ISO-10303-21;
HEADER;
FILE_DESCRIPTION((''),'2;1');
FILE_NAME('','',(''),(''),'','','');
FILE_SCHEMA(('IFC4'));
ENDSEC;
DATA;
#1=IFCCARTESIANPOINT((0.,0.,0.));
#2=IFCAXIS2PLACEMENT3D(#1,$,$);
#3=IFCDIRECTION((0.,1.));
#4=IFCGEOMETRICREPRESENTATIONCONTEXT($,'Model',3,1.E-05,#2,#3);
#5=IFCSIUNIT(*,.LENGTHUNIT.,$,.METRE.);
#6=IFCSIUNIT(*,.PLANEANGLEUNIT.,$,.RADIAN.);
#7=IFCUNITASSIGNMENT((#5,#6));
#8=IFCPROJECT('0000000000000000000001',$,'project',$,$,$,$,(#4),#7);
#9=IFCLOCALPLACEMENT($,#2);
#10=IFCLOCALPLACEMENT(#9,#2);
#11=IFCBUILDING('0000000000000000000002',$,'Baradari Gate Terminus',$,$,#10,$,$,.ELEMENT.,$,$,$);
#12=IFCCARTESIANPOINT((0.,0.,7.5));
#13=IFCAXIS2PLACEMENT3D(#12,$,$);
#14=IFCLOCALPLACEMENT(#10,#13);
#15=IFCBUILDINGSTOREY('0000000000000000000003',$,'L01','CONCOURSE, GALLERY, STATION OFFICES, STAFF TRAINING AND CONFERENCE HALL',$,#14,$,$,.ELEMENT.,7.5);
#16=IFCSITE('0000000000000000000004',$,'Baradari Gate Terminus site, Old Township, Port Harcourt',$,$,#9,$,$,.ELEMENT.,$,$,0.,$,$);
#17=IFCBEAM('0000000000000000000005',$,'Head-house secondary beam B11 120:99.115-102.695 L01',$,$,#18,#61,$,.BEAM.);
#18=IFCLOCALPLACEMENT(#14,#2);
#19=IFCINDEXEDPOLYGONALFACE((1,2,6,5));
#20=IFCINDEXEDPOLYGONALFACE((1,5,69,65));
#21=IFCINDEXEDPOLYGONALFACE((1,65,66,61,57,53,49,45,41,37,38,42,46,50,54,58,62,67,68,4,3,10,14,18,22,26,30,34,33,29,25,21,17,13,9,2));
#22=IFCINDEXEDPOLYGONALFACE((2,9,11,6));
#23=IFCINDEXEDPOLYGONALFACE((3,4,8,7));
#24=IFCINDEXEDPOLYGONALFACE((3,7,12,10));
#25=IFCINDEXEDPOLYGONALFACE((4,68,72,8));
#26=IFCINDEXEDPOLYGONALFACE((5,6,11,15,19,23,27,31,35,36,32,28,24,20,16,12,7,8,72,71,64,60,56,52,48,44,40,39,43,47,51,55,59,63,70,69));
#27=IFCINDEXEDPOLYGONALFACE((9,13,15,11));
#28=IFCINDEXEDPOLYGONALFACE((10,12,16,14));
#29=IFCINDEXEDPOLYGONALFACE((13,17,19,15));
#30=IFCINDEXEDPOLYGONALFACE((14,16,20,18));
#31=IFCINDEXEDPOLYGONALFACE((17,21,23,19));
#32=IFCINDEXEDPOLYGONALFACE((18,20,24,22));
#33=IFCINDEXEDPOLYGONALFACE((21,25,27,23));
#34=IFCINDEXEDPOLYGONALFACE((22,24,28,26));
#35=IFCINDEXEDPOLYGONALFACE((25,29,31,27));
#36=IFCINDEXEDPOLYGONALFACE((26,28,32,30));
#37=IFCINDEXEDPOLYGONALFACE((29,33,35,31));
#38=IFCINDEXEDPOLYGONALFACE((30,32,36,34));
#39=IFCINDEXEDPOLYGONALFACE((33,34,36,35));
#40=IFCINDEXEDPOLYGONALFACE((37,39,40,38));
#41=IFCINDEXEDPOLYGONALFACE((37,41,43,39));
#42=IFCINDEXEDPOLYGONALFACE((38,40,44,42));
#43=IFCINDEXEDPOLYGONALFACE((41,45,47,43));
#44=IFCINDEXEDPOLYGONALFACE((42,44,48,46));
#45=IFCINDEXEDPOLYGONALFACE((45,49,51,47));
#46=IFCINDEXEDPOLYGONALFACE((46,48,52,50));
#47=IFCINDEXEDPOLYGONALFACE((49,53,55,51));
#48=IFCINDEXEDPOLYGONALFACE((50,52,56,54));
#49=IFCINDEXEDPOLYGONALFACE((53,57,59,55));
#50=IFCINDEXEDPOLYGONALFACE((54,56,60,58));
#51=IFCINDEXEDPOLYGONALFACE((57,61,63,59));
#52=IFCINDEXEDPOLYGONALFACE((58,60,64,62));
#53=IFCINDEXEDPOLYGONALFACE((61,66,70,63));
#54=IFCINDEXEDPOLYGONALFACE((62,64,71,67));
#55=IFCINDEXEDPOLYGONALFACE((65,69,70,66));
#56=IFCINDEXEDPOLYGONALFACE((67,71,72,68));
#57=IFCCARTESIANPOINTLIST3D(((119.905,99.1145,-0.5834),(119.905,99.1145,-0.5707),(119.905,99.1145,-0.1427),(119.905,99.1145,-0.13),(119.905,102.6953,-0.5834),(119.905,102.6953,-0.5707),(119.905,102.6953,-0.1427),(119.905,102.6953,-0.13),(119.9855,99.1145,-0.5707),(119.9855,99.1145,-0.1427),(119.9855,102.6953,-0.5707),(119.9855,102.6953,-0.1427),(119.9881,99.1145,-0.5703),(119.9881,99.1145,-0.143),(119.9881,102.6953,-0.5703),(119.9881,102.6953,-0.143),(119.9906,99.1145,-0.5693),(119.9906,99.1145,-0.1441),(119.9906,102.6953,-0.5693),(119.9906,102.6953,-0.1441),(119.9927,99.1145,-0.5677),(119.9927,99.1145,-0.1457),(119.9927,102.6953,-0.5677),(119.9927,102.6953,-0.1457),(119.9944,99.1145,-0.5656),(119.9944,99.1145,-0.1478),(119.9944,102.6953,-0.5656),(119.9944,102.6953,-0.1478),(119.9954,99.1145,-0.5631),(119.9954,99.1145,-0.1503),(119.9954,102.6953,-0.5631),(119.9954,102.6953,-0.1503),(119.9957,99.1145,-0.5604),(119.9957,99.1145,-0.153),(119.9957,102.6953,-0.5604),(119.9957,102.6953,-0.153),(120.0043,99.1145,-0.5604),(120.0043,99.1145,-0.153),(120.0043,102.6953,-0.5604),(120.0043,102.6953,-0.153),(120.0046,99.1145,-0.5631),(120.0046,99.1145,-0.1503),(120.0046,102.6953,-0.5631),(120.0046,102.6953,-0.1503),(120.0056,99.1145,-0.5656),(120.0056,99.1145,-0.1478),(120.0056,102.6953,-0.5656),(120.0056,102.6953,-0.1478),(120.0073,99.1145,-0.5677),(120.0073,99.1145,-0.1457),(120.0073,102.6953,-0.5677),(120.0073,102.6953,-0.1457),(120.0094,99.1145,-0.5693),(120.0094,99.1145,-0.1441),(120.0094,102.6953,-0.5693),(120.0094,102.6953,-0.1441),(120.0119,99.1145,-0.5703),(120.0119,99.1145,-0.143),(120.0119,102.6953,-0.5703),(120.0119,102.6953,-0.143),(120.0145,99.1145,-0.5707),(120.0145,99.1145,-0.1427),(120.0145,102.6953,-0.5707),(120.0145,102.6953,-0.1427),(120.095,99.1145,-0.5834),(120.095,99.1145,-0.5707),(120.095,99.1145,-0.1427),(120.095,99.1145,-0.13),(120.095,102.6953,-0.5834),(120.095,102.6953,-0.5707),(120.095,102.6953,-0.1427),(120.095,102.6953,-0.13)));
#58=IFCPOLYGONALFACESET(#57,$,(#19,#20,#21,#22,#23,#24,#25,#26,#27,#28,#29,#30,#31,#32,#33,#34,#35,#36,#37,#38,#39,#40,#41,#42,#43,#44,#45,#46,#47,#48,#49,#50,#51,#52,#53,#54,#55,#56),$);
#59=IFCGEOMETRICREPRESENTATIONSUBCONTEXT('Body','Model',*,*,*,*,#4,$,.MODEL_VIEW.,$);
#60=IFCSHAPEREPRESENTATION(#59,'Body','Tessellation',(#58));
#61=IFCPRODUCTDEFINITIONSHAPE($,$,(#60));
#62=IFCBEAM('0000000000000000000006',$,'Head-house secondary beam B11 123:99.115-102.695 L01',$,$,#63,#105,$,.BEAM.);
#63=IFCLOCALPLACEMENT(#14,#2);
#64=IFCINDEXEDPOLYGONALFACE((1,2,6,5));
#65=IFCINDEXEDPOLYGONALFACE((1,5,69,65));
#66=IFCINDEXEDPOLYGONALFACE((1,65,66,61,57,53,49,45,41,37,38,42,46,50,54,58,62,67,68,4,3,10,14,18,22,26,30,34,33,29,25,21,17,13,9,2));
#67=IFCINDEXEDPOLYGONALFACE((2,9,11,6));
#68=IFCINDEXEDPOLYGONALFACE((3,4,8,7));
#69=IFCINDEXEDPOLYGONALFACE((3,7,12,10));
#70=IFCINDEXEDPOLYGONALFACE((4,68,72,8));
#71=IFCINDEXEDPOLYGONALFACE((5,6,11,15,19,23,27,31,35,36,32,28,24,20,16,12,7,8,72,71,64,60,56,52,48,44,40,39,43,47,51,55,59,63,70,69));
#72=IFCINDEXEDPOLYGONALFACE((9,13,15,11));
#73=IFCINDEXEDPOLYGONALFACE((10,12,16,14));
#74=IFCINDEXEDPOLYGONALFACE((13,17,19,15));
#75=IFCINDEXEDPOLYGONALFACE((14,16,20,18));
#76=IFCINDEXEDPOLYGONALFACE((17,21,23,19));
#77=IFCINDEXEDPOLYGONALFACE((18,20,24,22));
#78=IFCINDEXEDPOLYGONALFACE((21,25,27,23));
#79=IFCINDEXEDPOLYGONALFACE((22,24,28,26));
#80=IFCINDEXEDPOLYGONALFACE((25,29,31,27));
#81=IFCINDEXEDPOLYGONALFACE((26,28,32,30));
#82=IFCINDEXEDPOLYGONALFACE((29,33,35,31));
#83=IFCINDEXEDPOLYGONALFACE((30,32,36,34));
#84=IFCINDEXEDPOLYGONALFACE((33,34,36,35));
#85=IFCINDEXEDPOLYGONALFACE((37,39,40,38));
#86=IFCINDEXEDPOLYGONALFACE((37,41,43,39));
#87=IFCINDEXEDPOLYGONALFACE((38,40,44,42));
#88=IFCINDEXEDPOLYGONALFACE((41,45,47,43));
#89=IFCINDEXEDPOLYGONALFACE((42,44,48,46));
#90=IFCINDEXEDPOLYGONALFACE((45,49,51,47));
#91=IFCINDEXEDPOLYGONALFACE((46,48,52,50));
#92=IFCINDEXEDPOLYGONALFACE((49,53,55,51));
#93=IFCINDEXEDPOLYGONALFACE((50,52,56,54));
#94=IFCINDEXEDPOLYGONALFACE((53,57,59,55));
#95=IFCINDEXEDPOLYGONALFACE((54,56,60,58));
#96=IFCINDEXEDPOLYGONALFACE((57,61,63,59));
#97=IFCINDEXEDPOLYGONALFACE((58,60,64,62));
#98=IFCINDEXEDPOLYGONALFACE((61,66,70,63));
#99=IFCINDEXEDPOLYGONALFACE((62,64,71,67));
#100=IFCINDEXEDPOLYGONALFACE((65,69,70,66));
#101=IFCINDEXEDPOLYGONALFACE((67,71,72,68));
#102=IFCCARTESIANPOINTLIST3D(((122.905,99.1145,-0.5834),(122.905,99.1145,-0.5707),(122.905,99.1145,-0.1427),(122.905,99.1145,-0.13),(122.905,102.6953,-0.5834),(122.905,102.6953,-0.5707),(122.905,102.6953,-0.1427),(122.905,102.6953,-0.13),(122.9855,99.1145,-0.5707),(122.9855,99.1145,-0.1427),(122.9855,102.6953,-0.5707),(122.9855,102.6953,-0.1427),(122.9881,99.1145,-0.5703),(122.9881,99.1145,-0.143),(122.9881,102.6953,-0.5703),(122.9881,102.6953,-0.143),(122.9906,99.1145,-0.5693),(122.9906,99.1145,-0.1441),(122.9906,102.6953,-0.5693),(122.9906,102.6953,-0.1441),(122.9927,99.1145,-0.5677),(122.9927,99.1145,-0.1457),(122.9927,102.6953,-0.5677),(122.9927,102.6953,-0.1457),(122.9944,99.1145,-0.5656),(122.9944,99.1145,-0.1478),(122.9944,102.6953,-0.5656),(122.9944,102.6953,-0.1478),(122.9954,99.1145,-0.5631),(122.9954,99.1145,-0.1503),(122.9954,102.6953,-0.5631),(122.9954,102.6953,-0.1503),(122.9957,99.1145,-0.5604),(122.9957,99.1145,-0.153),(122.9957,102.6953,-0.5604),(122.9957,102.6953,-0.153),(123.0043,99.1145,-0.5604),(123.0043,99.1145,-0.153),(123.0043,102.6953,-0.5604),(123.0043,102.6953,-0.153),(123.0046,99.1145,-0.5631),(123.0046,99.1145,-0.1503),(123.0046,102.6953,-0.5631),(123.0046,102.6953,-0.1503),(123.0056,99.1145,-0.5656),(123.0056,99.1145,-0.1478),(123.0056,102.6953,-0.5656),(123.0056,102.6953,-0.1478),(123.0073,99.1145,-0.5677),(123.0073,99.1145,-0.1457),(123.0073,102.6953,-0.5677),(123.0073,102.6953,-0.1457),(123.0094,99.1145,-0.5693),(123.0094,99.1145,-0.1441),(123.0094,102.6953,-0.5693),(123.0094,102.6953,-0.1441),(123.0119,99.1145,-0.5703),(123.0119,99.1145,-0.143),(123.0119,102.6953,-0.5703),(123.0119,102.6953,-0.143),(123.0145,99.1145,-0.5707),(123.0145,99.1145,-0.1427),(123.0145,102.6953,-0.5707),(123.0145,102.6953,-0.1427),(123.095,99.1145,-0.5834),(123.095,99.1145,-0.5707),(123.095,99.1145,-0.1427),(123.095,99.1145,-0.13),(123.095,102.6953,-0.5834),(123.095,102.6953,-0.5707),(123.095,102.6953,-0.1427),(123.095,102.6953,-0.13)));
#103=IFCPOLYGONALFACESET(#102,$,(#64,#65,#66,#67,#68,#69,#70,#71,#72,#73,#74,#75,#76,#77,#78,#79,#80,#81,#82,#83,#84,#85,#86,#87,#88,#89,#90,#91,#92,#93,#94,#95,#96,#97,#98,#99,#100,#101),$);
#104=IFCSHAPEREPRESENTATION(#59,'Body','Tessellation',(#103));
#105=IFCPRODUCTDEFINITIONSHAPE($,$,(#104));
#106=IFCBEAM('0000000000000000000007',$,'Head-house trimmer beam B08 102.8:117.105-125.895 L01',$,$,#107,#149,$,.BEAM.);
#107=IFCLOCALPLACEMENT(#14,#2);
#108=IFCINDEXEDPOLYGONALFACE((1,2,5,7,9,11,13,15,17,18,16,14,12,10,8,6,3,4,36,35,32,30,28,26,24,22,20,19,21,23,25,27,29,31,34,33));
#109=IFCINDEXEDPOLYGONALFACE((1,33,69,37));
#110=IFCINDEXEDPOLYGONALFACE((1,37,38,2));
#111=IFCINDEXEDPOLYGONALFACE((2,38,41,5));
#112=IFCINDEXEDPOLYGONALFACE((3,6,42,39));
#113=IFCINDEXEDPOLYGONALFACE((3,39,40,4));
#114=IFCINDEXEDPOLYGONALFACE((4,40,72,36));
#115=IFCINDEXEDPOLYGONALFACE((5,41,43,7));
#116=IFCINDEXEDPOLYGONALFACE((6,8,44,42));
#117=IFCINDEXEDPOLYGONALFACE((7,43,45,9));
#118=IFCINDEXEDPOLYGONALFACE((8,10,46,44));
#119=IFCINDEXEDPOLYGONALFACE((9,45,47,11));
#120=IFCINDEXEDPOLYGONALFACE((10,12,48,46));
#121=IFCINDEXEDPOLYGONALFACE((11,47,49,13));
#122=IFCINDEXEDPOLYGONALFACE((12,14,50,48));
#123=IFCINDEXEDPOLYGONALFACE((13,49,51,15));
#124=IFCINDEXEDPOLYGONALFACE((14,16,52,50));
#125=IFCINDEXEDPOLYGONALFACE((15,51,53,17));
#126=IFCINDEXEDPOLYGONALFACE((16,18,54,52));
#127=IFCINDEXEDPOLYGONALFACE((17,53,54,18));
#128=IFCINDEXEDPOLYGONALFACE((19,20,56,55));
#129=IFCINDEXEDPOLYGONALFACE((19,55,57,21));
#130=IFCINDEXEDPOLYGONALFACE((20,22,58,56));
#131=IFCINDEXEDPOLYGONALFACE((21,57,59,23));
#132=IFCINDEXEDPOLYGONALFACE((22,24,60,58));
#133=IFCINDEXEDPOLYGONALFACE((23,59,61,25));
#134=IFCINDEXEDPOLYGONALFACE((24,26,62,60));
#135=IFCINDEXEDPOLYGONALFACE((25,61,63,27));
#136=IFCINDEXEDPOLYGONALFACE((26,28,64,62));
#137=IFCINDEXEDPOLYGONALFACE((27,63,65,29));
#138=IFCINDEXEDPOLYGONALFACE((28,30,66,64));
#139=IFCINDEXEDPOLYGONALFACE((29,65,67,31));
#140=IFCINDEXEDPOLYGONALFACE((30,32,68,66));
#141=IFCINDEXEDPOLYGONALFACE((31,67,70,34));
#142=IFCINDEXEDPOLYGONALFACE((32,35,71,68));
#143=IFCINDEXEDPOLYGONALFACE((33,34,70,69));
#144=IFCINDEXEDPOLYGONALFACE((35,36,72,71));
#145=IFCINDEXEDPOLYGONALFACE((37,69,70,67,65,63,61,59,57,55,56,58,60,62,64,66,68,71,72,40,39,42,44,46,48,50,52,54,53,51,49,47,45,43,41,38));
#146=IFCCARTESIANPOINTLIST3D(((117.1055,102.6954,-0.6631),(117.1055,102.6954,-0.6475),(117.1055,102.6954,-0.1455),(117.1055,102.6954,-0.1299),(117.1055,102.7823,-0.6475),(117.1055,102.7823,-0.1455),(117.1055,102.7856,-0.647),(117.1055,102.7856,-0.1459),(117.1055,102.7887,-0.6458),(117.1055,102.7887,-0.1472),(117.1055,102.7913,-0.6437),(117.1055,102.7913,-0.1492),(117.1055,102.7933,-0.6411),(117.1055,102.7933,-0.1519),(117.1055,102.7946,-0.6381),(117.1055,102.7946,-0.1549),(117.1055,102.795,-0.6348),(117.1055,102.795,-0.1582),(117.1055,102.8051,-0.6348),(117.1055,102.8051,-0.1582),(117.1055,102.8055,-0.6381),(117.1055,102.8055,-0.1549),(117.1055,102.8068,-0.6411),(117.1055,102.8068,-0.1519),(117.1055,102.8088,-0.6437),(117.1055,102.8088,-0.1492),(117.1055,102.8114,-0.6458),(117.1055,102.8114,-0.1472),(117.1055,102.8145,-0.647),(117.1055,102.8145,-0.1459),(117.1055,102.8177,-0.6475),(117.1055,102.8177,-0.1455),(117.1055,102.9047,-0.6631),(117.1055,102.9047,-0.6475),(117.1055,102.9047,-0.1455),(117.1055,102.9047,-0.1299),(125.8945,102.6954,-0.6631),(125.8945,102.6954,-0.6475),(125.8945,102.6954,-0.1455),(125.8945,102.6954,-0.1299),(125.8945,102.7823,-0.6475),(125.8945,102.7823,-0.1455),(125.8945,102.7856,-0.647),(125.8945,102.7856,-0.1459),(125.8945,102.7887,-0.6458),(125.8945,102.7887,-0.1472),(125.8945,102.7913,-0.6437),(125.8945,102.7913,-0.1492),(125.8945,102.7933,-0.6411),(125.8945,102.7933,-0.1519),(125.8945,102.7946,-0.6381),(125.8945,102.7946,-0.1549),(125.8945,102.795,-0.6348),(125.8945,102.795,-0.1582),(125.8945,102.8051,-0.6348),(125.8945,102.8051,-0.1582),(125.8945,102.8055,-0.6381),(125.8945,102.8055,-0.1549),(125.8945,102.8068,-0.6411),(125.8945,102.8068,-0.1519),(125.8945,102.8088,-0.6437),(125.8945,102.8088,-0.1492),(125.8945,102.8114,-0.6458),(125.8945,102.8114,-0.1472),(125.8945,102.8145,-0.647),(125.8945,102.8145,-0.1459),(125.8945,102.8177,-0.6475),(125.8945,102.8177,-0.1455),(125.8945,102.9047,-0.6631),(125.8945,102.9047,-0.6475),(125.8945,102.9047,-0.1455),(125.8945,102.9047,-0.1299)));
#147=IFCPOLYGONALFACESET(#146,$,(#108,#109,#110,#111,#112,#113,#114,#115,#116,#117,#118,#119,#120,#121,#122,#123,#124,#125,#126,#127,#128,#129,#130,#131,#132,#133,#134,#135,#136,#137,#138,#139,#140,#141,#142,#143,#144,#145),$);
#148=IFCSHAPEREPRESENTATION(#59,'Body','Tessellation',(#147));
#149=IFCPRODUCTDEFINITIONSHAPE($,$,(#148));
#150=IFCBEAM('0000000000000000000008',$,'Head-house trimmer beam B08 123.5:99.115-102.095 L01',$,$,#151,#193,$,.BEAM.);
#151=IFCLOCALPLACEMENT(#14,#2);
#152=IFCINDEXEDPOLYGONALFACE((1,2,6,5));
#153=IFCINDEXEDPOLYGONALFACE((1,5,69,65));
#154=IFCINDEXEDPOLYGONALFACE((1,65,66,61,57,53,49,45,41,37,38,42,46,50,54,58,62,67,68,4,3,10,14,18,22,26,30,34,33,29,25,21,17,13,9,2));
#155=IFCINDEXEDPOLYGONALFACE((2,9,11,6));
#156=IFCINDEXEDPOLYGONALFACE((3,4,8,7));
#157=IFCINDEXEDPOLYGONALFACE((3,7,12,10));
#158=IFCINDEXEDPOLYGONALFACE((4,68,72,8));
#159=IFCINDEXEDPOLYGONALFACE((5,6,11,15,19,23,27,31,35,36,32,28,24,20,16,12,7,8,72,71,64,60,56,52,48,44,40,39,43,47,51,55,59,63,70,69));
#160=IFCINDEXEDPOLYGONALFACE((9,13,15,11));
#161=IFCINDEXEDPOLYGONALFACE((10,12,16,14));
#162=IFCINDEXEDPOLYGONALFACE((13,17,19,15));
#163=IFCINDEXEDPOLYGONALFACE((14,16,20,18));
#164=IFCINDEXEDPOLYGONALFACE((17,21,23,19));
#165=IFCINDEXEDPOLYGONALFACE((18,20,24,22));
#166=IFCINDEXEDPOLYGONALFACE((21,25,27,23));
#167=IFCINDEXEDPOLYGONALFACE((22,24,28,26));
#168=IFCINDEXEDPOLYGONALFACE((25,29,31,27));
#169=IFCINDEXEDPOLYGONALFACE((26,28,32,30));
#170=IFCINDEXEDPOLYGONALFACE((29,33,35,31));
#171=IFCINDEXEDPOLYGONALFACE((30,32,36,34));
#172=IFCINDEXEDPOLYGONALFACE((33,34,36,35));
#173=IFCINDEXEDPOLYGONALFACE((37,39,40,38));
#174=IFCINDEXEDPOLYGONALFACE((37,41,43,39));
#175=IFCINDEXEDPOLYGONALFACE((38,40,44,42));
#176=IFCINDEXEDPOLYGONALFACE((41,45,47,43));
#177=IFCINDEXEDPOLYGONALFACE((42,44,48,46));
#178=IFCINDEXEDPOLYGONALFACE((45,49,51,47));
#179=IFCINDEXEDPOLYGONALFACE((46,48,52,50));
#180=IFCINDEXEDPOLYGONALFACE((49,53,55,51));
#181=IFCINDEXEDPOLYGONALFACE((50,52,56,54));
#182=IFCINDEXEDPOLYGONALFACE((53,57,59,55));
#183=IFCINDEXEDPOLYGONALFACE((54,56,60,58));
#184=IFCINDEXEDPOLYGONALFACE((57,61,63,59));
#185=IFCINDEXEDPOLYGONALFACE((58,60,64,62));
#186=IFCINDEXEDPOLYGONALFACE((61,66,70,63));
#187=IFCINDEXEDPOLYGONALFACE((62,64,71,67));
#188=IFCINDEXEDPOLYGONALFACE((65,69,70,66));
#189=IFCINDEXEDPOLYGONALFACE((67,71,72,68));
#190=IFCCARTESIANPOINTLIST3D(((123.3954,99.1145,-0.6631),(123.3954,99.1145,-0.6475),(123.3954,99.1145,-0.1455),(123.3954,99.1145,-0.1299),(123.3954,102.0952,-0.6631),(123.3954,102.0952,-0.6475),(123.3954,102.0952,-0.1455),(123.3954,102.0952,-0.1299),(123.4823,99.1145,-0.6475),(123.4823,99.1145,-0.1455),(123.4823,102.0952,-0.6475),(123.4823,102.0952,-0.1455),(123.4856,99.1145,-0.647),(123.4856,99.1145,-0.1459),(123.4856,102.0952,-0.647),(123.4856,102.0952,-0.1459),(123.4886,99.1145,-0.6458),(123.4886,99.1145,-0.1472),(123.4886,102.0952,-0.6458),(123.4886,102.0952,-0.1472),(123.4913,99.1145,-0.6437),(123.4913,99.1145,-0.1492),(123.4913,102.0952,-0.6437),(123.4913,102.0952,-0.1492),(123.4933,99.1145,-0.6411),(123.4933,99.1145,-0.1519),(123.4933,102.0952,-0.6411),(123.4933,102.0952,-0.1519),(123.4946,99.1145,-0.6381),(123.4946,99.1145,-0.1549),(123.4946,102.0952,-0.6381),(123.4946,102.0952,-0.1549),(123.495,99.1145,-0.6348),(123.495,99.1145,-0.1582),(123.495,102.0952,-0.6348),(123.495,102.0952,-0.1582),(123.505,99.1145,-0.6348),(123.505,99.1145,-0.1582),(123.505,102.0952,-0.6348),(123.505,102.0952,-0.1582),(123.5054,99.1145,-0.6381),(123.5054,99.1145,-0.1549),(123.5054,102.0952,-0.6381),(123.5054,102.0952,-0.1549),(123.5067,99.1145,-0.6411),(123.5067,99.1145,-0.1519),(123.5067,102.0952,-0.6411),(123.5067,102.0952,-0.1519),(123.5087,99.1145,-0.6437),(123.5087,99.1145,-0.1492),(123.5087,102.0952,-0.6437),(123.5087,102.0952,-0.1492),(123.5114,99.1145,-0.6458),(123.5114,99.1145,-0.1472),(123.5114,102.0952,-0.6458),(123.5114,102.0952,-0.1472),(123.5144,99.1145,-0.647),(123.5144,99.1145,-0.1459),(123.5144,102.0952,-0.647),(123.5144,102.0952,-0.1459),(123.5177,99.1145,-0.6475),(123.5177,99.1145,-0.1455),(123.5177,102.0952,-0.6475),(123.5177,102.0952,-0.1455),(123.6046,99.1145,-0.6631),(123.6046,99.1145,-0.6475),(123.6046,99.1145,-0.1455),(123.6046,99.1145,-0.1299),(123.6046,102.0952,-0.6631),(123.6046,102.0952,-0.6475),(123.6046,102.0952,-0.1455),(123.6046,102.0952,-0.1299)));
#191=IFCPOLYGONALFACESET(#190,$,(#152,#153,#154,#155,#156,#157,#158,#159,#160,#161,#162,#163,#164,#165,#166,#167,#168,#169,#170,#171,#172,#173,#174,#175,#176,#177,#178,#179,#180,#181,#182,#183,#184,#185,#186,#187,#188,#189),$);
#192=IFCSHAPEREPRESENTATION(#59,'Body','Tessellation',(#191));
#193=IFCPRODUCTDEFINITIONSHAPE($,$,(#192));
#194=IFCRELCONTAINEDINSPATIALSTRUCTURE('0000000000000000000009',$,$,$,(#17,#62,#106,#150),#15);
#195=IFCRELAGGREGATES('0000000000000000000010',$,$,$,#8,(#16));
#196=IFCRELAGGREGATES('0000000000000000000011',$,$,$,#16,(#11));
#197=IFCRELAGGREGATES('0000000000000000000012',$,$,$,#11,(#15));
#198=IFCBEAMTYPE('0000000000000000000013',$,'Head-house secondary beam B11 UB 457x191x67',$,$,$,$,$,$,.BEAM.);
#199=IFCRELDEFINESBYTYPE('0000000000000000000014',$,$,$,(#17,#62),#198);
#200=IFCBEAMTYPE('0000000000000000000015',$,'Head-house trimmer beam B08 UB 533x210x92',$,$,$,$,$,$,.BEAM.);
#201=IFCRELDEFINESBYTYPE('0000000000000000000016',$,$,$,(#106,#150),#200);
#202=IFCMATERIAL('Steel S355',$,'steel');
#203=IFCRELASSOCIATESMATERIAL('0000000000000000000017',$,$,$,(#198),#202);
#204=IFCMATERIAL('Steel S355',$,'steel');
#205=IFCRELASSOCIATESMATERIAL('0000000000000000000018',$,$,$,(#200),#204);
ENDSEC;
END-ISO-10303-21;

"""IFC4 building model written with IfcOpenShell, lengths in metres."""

from ifc_helpers import new_model, si_unit, direction, frame, origin, origin_2d, place, context, subcontext, project, spatial, i_section, extrude, material, material_profile, profile_set, type_object, element, save


model = new_model("IFC4")

# Units and contexts
model_context = context("Model", 3, precision=1e-05, world=origin(), true_north=direction((0.0, 1.0)))
body_context = subcontext(model_context, "Body", "Model", "MODEL_VIEW")
ifc_project = project(units=[si_unit("LENGTHUNIT", "METRE"), si_unit("PLANEANGLEUNIT", "RADIAN")], contexts=[model_context])

# Site, building, storey
site_placement = place(None, origin())
site = spatial("IfcSite", under=ifc_project, at=site_placement, Name="Baradari Gate Terminus site, Old Township, Port Harcourt", CompositionType="ELEMENT", RefElevation=0.0)
building_placement = place(site_placement, origin())
building = spatial("IfcBuilding", under=site, at=building_placement, Name="Baradari Gate Terminus", CompositionType="ELEMENT")
storey_placement = place(building_placement, frame((0.0, 0.0, 7.5)))
storey = spatial("IfcBuildingStorey", under=building, at=storey_placement, Name="L01", Description="CONCOURSE, GALLERY, STATION OFFICES, STAFF TRAINING AND CONFERENCE HALL", CompositionType="ELEMENT", Elevation=7.5)

# Beams
ifc_material_1 = material(Name="Steel S355", Category="steel")
ifc_material_profile_1 = material_profile(ifc_material_1, i_section(OverallWidth=0.1899, OverallDepth=0.4534, WebThickness=0.0085, FlangeThickness=0.0127, FilletRadius=0.0103, at=origin_2d()), Name="UB 457x191x67")
ifc_profile_set_1 = profile_set([ifc_material_profile_1], Name="Steel S355")
beam_type_1 = type_object("IfcBeamType", Name="Head-house secondary beam B11 UB 457x191x67", PredefinedType="BEAM", material=ifc_profile_set_1)
for number, where, z_axis, x_axis, name in (
    (1, (120.0, 99.1145, -0.3567), (0.0, 1.0, 0.0), (-1.0, 0.0, 0.0), "Head-house secondary beam B11 120:99.115-102.695 L01"),
    (2, (123.0, 99.1145, -0.3567), (0.0, 1.0, 0.0), (-1.0, 0.0, 0.0), "Head-house secondary beam B11 123:99.115-102.695 L01"),
):
    element("IfcBeam", number, at=place(storey_placement, frame(where, z_axis=z_axis, x_axis=x_axis)), inside=storey, type_object=beam_type_1, Name=name, PredefinedType="BEAM", context=body_context, shape_type="SweptSolid", body=[
        extrude(i_section(OverallWidth=0.1899, OverallDepth=0.4534, WebThickness=0.0085, FlangeThickness=0.0127, FilletRadius=0.0103, at=origin_2d()), origin(), (0.0, 0.0, 1.0), 3.5808),
    ])
ifc_material_2 = material(Name="Steel S355", Category="steel")
ifc_material_profile_2 = material_profile(ifc_material_2, i_section(OverallWidth=0.2092, OverallDepth=0.5332, WebThickness=0.01, FlangeThickness=0.0156, FilletRadius=0.0127, at=origin_2d()), Name="UB 533x210x92")
ifc_profile_set_2 = profile_set([ifc_material_profile_2], Name="Steel S355")
beam_type_2 = type_object("IfcBeamType", Name="Head-house trimmer beam B08 UB 533x210x92", PredefinedType="BEAM", material=ifc_profile_set_2)
beam_1_placement = place(storey_placement, frame((117.1055, 102.8, -0.3965), z_axis=(1.0, 0.0, 0.0), x_axis=(0.0, 1.0, 0.0)))
element("IfcBeam", 3, at=beam_1_placement, inside=storey, type_object=beam_type_2, Name="Head-house trimmer beam B08 102.8:117.105-125.895 L01", PredefinedType="BEAM", context=body_context, shape_type="SweptSolid", body=[
    extrude(i_section(OverallWidth=0.2092, OverallDepth=0.5332, WebThickness=0.01, FlangeThickness=0.0156, FilletRadius=0.0127, at=origin_2d()), origin(), (0.0, 0.0, 1.0), 8.7891),
])
beam_2_placement = place(storey_placement, frame((123.5, 99.1145, -0.3965), z_axis=(0.0, 1.0, 0.0), x_axis=(-1.0, 0.0, 0.0)))
element("IfcBeam", 4, at=beam_2_placement, inside=storey, type_object=beam_type_2, Name="Head-house trimmer beam B08 123.5:99.115-102.095 L01", PredefinedType="BEAM", context=body_context, shape_type="SweptSolid", body=[
    extrude(i_section(OverallWidth=0.2092, OverallDepth=0.5332, WebThickness=0.01, FlangeThickness=0.0156, FilletRadius=0.0127, at=origin_2d()), origin(), (0.0, 0.0, 1.0), 2.9807),
])

save(model, "model.ifc")
